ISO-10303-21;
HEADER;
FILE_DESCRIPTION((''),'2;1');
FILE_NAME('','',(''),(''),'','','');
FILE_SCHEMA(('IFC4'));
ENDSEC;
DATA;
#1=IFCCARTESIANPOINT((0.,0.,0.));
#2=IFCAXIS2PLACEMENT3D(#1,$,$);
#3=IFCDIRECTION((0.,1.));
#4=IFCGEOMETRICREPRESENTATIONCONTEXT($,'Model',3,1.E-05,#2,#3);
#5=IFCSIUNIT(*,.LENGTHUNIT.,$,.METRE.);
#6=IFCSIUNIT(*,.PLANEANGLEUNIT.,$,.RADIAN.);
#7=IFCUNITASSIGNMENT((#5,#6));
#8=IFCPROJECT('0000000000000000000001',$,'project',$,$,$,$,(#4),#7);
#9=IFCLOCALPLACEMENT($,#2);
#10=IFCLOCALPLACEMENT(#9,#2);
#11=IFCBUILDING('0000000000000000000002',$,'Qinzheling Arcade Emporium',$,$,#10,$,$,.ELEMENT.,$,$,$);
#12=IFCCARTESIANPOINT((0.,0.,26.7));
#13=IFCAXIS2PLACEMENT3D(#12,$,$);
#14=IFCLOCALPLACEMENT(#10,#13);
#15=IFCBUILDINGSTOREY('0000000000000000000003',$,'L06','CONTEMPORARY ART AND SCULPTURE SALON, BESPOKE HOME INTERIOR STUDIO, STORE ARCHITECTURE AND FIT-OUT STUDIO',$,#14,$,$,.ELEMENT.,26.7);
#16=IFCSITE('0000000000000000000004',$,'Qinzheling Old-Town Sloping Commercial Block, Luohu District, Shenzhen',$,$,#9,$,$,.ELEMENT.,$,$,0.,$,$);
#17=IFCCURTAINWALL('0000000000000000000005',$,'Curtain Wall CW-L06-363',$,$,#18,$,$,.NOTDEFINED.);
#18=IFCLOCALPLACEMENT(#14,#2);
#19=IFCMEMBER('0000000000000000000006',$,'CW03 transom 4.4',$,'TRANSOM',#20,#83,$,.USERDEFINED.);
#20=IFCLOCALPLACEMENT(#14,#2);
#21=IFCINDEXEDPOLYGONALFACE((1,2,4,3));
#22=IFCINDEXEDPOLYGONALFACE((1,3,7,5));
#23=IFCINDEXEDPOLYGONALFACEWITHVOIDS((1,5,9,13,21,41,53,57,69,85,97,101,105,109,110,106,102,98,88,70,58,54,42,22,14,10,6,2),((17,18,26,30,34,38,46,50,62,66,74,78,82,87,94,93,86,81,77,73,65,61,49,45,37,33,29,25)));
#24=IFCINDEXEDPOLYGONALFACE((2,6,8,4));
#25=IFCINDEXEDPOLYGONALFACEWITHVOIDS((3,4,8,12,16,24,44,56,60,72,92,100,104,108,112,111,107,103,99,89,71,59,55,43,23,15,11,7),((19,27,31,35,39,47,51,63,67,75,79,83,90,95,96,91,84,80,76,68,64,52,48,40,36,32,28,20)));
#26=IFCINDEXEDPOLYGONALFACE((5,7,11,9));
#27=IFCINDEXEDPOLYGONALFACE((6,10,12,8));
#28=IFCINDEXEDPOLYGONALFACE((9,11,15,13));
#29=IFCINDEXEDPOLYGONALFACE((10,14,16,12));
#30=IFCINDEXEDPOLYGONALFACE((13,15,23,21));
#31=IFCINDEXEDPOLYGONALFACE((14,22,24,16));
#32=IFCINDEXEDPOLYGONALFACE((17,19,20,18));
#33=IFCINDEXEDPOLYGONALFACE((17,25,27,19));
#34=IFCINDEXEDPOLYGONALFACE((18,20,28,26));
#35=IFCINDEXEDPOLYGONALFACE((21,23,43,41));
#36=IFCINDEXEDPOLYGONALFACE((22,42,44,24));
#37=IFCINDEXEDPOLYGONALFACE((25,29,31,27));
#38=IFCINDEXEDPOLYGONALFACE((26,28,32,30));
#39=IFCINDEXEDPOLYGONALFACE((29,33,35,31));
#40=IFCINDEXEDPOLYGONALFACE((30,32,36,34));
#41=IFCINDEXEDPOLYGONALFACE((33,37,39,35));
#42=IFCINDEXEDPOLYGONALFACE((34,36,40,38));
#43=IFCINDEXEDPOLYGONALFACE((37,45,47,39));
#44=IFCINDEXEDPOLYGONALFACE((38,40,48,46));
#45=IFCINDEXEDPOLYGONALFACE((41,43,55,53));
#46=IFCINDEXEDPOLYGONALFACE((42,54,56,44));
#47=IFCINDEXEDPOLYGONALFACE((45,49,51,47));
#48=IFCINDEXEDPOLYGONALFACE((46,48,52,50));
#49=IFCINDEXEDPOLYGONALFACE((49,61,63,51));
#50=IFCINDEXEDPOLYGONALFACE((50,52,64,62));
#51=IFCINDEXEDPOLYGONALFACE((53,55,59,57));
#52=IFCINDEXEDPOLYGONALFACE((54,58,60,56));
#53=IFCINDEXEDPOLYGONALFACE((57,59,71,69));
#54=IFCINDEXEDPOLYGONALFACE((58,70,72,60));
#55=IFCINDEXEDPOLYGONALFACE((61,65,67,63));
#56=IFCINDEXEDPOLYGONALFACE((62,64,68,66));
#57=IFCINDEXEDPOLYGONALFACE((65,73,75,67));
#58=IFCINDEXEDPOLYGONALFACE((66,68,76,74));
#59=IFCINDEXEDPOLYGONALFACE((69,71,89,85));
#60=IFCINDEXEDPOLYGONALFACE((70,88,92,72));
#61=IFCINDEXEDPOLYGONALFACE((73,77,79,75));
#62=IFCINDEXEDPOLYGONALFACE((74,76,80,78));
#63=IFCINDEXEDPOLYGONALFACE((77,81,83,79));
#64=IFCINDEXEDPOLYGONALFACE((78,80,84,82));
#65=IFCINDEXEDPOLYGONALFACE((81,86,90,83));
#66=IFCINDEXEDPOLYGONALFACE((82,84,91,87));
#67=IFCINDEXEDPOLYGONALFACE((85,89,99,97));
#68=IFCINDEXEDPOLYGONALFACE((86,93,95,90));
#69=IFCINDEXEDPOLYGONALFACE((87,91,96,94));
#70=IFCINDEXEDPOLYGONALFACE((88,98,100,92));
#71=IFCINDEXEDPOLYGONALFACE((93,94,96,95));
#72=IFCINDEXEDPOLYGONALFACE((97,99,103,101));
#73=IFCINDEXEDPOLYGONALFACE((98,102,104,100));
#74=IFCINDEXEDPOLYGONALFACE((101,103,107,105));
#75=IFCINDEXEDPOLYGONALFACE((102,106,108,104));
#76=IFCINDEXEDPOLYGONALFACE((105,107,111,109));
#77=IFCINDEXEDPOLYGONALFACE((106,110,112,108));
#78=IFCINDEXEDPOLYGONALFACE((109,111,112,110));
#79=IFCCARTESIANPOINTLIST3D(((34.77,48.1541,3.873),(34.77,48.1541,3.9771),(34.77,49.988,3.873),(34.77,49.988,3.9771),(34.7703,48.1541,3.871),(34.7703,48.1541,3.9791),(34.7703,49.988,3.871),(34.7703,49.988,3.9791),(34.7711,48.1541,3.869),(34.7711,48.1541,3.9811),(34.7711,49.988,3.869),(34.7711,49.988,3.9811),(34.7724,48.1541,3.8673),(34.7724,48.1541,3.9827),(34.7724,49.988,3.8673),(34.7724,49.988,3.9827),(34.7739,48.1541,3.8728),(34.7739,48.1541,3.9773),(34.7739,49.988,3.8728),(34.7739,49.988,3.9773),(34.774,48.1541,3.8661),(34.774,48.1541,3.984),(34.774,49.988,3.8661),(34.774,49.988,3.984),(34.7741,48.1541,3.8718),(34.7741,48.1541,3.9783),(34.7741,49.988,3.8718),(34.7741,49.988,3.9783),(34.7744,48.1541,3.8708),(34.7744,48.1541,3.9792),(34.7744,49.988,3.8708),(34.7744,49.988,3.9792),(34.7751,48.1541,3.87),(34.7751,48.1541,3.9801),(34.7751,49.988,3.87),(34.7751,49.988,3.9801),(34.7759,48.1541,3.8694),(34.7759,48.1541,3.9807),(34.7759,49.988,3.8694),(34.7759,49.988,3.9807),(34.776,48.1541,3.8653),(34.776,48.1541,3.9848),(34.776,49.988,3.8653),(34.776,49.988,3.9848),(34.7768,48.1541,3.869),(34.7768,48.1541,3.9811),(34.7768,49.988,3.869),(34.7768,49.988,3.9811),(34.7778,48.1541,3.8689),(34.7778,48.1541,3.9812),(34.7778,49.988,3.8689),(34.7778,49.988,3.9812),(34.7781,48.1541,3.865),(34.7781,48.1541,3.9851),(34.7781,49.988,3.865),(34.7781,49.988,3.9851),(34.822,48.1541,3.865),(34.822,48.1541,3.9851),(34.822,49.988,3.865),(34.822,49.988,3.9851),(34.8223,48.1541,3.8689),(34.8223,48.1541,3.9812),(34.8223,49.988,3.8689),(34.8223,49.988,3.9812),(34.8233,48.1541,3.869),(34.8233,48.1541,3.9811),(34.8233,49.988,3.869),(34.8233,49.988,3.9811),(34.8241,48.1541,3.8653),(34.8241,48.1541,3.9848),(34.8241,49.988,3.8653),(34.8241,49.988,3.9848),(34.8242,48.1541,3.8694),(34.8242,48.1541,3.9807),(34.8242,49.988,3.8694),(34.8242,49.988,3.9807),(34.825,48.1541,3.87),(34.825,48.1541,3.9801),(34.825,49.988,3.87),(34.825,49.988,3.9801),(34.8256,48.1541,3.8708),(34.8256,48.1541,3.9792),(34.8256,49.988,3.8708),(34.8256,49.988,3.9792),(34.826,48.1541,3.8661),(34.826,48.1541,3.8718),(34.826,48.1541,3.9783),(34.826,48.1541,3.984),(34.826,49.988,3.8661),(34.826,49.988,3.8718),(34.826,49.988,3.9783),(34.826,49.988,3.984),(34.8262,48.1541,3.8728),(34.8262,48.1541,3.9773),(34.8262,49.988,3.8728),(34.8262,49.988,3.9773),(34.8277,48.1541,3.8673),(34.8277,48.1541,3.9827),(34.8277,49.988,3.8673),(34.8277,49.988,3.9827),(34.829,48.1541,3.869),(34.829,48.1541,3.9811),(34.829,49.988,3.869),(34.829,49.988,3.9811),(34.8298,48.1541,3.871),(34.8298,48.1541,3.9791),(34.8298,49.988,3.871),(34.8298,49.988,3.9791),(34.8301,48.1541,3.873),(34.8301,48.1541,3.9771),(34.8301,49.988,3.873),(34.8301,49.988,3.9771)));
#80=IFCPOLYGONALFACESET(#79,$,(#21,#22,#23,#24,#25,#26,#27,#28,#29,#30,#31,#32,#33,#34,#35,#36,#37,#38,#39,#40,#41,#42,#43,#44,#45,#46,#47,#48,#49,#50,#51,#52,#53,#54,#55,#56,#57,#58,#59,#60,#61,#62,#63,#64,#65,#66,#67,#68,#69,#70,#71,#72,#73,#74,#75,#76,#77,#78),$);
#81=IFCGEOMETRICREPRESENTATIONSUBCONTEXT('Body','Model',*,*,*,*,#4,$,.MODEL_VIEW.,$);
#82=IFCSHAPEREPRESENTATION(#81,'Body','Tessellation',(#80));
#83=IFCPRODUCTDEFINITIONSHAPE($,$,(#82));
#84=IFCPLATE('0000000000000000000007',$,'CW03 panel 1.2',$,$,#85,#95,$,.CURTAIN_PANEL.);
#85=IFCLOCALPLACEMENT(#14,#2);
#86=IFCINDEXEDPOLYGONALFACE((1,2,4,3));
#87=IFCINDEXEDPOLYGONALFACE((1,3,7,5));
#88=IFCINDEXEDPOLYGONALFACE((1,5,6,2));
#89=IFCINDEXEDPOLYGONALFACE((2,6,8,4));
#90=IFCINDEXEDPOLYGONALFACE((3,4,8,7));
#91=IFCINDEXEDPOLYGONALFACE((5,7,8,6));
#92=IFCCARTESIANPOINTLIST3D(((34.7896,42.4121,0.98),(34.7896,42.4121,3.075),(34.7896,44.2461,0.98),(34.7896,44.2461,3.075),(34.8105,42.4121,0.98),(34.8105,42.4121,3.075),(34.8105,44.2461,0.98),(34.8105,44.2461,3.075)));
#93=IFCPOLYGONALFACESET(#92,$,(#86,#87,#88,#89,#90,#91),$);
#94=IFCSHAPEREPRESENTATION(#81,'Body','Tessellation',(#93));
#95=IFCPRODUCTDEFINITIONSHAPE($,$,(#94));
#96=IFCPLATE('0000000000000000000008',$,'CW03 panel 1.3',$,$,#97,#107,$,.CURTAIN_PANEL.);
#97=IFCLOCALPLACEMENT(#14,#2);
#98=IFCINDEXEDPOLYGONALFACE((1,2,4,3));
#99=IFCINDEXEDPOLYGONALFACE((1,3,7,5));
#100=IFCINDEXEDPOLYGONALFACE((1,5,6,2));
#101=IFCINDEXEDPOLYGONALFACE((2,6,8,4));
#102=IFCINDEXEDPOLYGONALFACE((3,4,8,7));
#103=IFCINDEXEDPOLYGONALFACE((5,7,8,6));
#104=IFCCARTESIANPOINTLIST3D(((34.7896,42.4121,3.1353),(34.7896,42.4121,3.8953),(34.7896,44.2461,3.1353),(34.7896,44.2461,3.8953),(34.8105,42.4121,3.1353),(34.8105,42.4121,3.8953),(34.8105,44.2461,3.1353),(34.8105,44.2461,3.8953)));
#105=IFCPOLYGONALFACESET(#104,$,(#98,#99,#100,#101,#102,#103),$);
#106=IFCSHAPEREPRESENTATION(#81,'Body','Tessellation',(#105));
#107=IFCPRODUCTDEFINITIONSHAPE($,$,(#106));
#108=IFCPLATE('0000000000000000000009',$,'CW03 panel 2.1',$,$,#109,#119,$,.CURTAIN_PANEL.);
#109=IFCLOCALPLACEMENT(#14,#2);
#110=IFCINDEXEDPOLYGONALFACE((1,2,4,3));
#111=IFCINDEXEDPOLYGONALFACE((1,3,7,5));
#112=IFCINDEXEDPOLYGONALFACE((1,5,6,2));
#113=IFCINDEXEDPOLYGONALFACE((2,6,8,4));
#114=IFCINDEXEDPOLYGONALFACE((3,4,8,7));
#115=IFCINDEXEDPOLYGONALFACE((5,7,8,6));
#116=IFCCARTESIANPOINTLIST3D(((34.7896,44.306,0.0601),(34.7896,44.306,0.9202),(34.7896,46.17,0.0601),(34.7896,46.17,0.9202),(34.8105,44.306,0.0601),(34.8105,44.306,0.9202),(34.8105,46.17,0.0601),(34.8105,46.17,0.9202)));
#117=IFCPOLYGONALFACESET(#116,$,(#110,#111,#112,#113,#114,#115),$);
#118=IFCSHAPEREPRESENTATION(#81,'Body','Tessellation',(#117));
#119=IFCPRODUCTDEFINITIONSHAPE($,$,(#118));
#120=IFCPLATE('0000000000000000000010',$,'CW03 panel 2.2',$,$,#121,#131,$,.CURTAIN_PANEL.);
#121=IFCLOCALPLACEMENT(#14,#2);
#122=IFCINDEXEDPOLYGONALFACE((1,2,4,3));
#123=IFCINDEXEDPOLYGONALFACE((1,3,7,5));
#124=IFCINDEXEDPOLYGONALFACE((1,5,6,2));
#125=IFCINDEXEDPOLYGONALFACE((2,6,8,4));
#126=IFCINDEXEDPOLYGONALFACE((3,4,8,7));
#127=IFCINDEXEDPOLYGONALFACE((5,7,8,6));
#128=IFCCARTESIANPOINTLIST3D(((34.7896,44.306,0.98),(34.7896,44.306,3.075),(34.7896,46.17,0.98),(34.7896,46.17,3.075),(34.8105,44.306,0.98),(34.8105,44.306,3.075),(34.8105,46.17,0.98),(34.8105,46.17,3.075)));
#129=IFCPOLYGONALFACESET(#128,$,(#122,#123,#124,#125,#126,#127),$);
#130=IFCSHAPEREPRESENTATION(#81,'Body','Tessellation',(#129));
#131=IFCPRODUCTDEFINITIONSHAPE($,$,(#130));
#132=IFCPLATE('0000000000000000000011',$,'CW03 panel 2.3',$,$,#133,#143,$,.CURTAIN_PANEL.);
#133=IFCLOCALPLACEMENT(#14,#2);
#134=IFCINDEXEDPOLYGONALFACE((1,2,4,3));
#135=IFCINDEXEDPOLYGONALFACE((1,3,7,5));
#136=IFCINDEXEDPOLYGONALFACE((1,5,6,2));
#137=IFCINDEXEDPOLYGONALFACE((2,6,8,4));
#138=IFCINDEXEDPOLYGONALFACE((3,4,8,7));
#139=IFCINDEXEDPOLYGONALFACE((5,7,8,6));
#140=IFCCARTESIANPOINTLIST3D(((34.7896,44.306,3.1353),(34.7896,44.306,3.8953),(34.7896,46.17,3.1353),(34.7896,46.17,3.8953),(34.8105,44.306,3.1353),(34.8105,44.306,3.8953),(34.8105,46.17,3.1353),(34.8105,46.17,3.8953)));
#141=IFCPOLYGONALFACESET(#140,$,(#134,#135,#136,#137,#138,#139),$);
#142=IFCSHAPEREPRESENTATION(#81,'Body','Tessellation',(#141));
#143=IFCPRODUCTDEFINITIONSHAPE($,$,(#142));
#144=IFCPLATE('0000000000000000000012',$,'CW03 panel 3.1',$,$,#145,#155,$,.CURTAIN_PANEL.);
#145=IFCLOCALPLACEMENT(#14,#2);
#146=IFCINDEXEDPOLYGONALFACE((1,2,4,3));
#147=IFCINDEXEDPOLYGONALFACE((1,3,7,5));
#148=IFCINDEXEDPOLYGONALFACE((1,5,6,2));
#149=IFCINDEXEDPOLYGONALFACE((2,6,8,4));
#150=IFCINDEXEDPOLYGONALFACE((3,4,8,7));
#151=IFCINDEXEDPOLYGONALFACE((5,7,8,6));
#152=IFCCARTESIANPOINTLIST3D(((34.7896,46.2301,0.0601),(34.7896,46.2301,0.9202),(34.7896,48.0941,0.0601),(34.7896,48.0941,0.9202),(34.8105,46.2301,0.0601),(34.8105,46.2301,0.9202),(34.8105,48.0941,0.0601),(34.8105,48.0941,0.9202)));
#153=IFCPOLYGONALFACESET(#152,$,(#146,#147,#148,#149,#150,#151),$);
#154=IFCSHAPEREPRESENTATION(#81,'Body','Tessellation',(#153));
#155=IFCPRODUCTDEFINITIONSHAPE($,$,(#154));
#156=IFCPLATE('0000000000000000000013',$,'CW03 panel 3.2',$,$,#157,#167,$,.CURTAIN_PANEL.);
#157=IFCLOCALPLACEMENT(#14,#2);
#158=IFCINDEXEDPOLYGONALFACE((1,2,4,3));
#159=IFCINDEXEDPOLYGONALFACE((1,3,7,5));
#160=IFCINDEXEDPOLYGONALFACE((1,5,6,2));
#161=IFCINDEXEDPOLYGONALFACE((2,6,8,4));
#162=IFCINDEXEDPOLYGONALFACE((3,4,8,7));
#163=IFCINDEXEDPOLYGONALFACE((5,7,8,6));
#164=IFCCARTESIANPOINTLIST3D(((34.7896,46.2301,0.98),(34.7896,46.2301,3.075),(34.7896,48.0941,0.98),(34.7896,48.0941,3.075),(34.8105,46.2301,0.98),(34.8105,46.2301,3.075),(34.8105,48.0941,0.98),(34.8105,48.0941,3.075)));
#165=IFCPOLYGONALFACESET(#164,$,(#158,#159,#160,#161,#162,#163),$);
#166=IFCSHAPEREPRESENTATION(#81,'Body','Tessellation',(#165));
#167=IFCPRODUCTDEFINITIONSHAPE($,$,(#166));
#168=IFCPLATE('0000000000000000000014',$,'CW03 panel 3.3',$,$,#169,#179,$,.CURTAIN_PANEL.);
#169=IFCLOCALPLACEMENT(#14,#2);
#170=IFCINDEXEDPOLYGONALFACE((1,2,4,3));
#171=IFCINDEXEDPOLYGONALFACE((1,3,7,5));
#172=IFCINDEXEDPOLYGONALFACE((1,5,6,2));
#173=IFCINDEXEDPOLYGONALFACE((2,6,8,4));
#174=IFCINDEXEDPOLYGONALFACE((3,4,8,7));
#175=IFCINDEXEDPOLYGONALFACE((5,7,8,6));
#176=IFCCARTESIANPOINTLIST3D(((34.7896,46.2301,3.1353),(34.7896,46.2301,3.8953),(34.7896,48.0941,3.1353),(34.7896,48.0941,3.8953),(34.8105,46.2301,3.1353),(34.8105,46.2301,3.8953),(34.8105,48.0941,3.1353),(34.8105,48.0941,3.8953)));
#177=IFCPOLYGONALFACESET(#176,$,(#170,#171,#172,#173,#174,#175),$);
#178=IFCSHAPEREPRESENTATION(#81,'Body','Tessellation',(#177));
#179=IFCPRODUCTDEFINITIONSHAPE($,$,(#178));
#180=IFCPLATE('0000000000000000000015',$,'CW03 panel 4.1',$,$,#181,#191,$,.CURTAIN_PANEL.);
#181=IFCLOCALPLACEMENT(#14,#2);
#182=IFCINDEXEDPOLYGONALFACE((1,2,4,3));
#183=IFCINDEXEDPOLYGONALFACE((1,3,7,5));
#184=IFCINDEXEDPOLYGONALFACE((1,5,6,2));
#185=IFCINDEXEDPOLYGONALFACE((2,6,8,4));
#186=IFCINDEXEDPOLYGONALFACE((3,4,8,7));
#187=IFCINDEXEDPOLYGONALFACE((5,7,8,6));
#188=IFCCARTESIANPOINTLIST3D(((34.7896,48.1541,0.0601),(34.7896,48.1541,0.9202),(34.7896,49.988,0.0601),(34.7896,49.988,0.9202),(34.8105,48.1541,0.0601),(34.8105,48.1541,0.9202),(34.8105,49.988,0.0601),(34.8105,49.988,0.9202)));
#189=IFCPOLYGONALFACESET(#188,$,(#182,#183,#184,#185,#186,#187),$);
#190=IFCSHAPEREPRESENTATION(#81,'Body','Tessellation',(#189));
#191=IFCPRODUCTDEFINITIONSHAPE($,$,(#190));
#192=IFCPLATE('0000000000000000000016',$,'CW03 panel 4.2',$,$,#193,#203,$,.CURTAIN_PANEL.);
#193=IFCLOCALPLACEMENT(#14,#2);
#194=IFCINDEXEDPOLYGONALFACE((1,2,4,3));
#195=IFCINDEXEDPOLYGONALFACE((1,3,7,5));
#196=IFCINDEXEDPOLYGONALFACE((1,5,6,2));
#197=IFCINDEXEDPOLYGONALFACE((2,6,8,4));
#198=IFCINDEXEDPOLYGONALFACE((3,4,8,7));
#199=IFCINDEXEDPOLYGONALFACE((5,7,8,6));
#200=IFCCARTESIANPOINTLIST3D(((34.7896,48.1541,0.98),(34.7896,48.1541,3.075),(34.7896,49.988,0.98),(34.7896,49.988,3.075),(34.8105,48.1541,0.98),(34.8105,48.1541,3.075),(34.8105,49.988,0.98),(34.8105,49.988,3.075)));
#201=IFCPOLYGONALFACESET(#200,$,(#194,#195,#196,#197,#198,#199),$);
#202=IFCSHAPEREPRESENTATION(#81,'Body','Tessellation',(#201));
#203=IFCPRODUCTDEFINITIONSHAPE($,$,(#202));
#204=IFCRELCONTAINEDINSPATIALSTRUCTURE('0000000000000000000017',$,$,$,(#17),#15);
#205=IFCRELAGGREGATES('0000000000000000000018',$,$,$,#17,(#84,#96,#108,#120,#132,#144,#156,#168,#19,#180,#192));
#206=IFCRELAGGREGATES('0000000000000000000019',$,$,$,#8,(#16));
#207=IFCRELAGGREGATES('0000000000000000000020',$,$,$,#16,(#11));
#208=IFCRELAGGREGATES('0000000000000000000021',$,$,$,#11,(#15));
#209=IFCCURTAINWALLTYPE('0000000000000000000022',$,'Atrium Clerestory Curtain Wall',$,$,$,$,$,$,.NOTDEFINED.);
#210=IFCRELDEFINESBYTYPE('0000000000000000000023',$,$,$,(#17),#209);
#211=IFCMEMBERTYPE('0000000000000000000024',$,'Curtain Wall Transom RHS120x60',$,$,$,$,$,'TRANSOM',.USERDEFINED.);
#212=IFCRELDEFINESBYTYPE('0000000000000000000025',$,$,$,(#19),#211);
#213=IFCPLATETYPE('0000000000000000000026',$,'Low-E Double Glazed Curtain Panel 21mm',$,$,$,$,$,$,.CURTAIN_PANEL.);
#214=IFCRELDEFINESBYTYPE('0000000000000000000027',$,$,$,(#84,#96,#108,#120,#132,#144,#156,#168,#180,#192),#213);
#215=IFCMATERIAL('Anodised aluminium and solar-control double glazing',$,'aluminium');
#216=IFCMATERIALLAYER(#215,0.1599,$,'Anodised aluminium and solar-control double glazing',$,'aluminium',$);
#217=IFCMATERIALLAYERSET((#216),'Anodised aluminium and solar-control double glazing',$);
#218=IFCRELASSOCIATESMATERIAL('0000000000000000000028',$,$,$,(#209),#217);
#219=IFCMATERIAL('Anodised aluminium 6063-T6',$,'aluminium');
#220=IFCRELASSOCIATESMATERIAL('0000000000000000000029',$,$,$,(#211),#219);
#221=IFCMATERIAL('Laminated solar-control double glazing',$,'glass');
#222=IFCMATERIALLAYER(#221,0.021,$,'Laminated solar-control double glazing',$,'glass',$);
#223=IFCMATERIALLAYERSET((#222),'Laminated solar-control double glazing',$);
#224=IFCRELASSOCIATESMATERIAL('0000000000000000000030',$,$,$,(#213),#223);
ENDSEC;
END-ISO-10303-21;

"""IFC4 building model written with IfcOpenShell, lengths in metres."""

from ifc_helpers import new_model, si_unit, direction, frame, origin, origin_2d, place, context, subcontext, project, spatial, rectangle, hollow_rectangle, extrude, material, layer, layer_set, material_profile, profile_set, type_object, element, aggregate, save


model = new_model("IFC4")

# Units and contexts
model_context = context("Model", 3, precision=1e-05, world=origin(), true_north=direction((0.0, 1.0)))
body_context = subcontext(model_context, "Body", "Model", "MODEL_VIEW")
ifc_project = project(units=[si_unit("LENGTHUNIT", "METRE"), si_unit("PLANEANGLEUNIT", "RADIAN")], contexts=[model_context])

# Site, building, storey
site_placement = place(None, origin())
site = spatial("IfcSite", under=ifc_project, at=site_placement, Name="Qinzheling Old-Town Sloping Commercial Block, Luohu District, Shenzhen", CompositionType="ELEMENT", RefElevation=0.0)
building_placement = place(site_placement, origin())
building = spatial("IfcBuilding", under=site, at=building_placement, Name="Qinzheling Arcade Emporium", CompositionType="ELEMENT")
storey_placement = place(building_placement, frame((0.0, 0.0, 26.7)))
storey = spatial("IfcBuildingStorey", under=building, at=storey_placement, Name="L06", Description="CONTEMPORARY ART AND SCULPTURE SALON, BESPOKE HOME INTERIOR STUDIO, STORE ARCHITECTURE AND FIT-OUT STUDIO", CompositionType="ELEMENT", Elevation=26.7)

# Curtain wall, member, plates
ifc_material_1 = material(Name="Anodised aluminium and solar-control double glazing", Category="aluminium")
ifc_layer_1 = layer(ifc_material_1, 0.1599, Name="Anodised aluminium and solar-control double glazing", Category="aluminium")
ifc_layer_set_1 = layer_set([ifc_layer_1], Name="Anodised aluminium and solar-control double glazing")
curtain_wall_type = type_object("IfcCurtainWallType", Name="Atrium Clerestory Curtain Wall", PredefinedType="NOTDEFINED", material=ifc_layer_set_1)
curtain_wall_placement = place(storey_placement, origin())
curtain_wall = element("IfcCurtainWall", 1, at=curtain_wall_placement, inside=storey, type_object=curtain_wall_type, Name="Curtain Wall CW-L06-363", PredefinedType="NOTDEFINED")
ifc_material_2 = material(Name="Anodised aluminium 6063-T6", Category="aluminium")
ifc_material_profile_1 = material_profile(ifc_material_2, hollow_rectangle(XDim=0.0601, YDim=0.1201, WallThickness=0.0039, InnerFilletRadius=0.0039, OuterFilletRadius=0.0081, at=origin_2d()), Name="RHS 120x60x4", Category="aluminium")
ifc_profile_set_1 = profile_set([ifc_material_profile_1], Name="Anodised aluminium 6063-T6")
member_type_1 = type_object("IfcMemberType", Name="Curtain Wall Transom RHS120x60", ElementType="TRANSOM", PredefinedType="USERDEFINED", material=ifc_profile_set_1)
member_1_placement = place(storey_placement, frame((34.8, 48.1541, 3.925), z_axis=(0.0, 1.0, 0.0), x_axis=(-1.0, 0.0, 0.0)))
member_1 = element("IfcMember", 2, at=member_1_placement, type_object=member_type_1, Name="CW03 transom 4.4", ObjectType="TRANSOM", PredefinedType="USERDEFINED", context=body_context, shape_type="SweptSolid", body=[
    extrude(hollow_rectangle(XDim=0.0601, YDim=0.1201, WallThickness=0.0039, InnerFilletRadius=0.0039, OuterFilletRadius=0.0081, at=origin_2d()), origin(), (0.0, 0.0, 1.0), 1.834),
])
ifc_material_3 = material(Name="Laminated solar-control double glazing", Category="glass")
ifc_layer_2 = layer(ifc_material_3, 0.021, Name="Laminated solar-control double glazing", Category="glass")
ifc_layer_set_2 = layer_set([ifc_layer_2], Name="Laminated solar-control double glazing")
plate_type = type_object("IfcPlateType", Name="Low-E Double Glazed Curtain Panel 21mm", PredefinedType="CURTAIN_PANEL", material=ifc_layer_set_2)
plate_1_placement = place(storey_placement, frame((34.8, 43.3291, 0.98), z_axis=(0.0, 0.0, 1.0), x_axis=(0.0, 1.0, 0.0)))
plate_1 = element("IfcPlate", 3, at=plate_1_placement, type_object=plate_type, Name="CW03 panel 1.2", PredefinedType="CURTAIN_PANEL", context=body_context, shape_type="SweptSolid", body=[
    extrude(rectangle(XDim=1.834, YDim=0.021, at=origin_2d()), origin(), (0.0, 0.0, 1.0), 2.095),
])
plate_2_placement = place(storey_placement, frame((34.8, 43.3291, 3.1353), z_axis=(0.0, 0.0, 1.0), x_axis=(0.0, 1.0, 0.0)))
plate_2 = element("IfcPlate", 4, at=plate_2_placement, type_object=plate_type, Name="CW03 panel 1.3", PredefinedType="CURTAIN_PANEL", context=body_context, shape_type="SweptSolid", body=[
    extrude(rectangle(XDim=1.834, YDim=0.021, at=origin_2d()), origin(), (0.0, 0.0, 1.0), 0.76),
])
plate_3_placement = place(storey_placement, frame((34.8, 45.238, 0.0601), z_axis=(0.0, 0.0, 1.0), x_axis=(0.0, 1.0, 0.0)))
plate_3 = element("IfcPlate", 5, at=plate_3_placement, type_object=plate_type, Name="CW03 panel 2.1", PredefinedType="CURTAIN_PANEL", context=body_context, shape_type="SweptSolid", body=[
    extrude(rectangle(XDim=1.864, YDim=0.021, at=origin_2d()), origin(), (0.0, 0.0, 1.0), 0.8601),
])
plate_4_placement = place(storey_placement, frame((34.8, 45.238, 0.98), z_axis=(0.0, 0.0, 1.0), x_axis=(0.0, 1.0, 0.0)))
plate_4 = element("IfcPlate", 6, at=plate_4_placement, type_object=plate_type, Name="CW03 panel 2.2", PredefinedType="CURTAIN_PANEL", context=body_context, shape_type="SweptSolid", body=[
    extrude(rectangle(XDim=1.864, YDim=0.021, at=origin_2d()), origin(), (0.0, 0.0, 1.0), 2.095),
])
plate_5_placement = place(storey_placement, frame((34.8, 45.238, 3.1353), z_axis=(0.0, 0.0, 1.0), x_axis=(0.0, 1.0, 0.0)))
plate_5 = element("IfcPlate", 7, at=plate_5_placement, type_object=plate_type, Name="CW03 panel 2.3", PredefinedType="CURTAIN_PANEL", context=body_context, shape_type="SweptSolid", body=[
    extrude(rectangle(XDim=1.864, YDim=0.021, at=origin_2d()), origin(), (0.0, 0.0, 1.0), 0.76),
])
plate_6_placement = place(storey_placement, frame((34.8, 47.1621, 0.0601), z_axis=(0.0, 0.0, 1.0), x_axis=(0.0, 1.0, 0.0)))
plate_6 = element("IfcPlate", 8, at=plate_6_placement, type_object=plate_type, Name="CW03 panel 3.1", PredefinedType="CURTAIN_PANEL", context=body_context, shape_type="SweptSolid", body=[
    extrude(rectangle(XDim=1.864, YDim=0.021, at=origin_2d()), origin(), (0.0, 0.0, 1.0), 0.8601),
])
plate_7_placement = place(storey_placement, frame((34.8, 47.1621, 0.98), z_axis=(0.0, 0.0, 1.0), x_axis=(0.0, 1.0, 0.0)))
plate_7 = element("IfcPlate", 9, at=plate_7_placement, type_object=plate_type, Name="CW03 panel 3.2", PredefinedType="CURTAIN_PANEL", context=body_context, shape_type="SweptSolid", body=[
    extrude(rectangle(XDim=1.864, YDim=0.021, at=origin_2d()), origin(), (0.0, 0.0, 1.0), 2.095),
])
plate_8_placement = place(storey_placement, frame((34.8, 47.1621, 3.1353), z_axis=(0.0, 0.0, 1.0), x_axis=(0.0, 1.0, 0.0)))
plate_8 = element("IfcPlate", 10, at=plate_8_placement, type_object=plate_type, Name="CW03 panel 3.3", PredefinedType="CURTAIN_PANEL", context=body_context, shape_type="SweptSolid", body=[
    extrude(rectangle(XDim=1.864, YDim=0.021, at=origin_2d()), origin(), (0.0, 0.0, 1.0), 0.76),
])
plate_9_placement = place(storey_placement, frame((34.8, 49.071, 0.0601), z_axis=(0.0, 0.0, 1.0), x_axis=(0.0, 1.0, 0.0)))
plate_9 = element("IfcPlate", 11, at=plate_9_placement, type_object=plate_type, Name="CW03 panel 4.1", PredefinedType="CURTAIN_PANEL", context=body_context, shape_type="SweptSolid", body=[
    extrude(rectangle(XDim=1.834, YDim=0.021, at=origin_2d()), origin(), (0.0, 0.0, 1.0), 0.8601),
])
plate_10_placement = place(storey_placement, frame((34.8, 49.071, 0.98), z_axis=(0.0, 0.0, 1.0), x_axis=(0.0, 1.0, 0.0)))
plate_10 = element("IfcPlate", 12, at=plate_10_placement, type_object=plate_type, Name="CW03 panel 4.2", PredefinedType="CURTAIN_PANEL", context=body_context, shape_type="SweptSolid", body=[
    extrude(rectangle(XDim=1.834, YDim=0.021, at=origin_2d()), origin(), (0.0, 0.0, 1.0), 2.095),
])
aggregate(curtain_wall, [plate_1, plate_2, plate_3, plate_4, plate_5, plate_6, plate_7, plate_8, member_1, plate_9, plate_10])

save(model, "model.ifc")
